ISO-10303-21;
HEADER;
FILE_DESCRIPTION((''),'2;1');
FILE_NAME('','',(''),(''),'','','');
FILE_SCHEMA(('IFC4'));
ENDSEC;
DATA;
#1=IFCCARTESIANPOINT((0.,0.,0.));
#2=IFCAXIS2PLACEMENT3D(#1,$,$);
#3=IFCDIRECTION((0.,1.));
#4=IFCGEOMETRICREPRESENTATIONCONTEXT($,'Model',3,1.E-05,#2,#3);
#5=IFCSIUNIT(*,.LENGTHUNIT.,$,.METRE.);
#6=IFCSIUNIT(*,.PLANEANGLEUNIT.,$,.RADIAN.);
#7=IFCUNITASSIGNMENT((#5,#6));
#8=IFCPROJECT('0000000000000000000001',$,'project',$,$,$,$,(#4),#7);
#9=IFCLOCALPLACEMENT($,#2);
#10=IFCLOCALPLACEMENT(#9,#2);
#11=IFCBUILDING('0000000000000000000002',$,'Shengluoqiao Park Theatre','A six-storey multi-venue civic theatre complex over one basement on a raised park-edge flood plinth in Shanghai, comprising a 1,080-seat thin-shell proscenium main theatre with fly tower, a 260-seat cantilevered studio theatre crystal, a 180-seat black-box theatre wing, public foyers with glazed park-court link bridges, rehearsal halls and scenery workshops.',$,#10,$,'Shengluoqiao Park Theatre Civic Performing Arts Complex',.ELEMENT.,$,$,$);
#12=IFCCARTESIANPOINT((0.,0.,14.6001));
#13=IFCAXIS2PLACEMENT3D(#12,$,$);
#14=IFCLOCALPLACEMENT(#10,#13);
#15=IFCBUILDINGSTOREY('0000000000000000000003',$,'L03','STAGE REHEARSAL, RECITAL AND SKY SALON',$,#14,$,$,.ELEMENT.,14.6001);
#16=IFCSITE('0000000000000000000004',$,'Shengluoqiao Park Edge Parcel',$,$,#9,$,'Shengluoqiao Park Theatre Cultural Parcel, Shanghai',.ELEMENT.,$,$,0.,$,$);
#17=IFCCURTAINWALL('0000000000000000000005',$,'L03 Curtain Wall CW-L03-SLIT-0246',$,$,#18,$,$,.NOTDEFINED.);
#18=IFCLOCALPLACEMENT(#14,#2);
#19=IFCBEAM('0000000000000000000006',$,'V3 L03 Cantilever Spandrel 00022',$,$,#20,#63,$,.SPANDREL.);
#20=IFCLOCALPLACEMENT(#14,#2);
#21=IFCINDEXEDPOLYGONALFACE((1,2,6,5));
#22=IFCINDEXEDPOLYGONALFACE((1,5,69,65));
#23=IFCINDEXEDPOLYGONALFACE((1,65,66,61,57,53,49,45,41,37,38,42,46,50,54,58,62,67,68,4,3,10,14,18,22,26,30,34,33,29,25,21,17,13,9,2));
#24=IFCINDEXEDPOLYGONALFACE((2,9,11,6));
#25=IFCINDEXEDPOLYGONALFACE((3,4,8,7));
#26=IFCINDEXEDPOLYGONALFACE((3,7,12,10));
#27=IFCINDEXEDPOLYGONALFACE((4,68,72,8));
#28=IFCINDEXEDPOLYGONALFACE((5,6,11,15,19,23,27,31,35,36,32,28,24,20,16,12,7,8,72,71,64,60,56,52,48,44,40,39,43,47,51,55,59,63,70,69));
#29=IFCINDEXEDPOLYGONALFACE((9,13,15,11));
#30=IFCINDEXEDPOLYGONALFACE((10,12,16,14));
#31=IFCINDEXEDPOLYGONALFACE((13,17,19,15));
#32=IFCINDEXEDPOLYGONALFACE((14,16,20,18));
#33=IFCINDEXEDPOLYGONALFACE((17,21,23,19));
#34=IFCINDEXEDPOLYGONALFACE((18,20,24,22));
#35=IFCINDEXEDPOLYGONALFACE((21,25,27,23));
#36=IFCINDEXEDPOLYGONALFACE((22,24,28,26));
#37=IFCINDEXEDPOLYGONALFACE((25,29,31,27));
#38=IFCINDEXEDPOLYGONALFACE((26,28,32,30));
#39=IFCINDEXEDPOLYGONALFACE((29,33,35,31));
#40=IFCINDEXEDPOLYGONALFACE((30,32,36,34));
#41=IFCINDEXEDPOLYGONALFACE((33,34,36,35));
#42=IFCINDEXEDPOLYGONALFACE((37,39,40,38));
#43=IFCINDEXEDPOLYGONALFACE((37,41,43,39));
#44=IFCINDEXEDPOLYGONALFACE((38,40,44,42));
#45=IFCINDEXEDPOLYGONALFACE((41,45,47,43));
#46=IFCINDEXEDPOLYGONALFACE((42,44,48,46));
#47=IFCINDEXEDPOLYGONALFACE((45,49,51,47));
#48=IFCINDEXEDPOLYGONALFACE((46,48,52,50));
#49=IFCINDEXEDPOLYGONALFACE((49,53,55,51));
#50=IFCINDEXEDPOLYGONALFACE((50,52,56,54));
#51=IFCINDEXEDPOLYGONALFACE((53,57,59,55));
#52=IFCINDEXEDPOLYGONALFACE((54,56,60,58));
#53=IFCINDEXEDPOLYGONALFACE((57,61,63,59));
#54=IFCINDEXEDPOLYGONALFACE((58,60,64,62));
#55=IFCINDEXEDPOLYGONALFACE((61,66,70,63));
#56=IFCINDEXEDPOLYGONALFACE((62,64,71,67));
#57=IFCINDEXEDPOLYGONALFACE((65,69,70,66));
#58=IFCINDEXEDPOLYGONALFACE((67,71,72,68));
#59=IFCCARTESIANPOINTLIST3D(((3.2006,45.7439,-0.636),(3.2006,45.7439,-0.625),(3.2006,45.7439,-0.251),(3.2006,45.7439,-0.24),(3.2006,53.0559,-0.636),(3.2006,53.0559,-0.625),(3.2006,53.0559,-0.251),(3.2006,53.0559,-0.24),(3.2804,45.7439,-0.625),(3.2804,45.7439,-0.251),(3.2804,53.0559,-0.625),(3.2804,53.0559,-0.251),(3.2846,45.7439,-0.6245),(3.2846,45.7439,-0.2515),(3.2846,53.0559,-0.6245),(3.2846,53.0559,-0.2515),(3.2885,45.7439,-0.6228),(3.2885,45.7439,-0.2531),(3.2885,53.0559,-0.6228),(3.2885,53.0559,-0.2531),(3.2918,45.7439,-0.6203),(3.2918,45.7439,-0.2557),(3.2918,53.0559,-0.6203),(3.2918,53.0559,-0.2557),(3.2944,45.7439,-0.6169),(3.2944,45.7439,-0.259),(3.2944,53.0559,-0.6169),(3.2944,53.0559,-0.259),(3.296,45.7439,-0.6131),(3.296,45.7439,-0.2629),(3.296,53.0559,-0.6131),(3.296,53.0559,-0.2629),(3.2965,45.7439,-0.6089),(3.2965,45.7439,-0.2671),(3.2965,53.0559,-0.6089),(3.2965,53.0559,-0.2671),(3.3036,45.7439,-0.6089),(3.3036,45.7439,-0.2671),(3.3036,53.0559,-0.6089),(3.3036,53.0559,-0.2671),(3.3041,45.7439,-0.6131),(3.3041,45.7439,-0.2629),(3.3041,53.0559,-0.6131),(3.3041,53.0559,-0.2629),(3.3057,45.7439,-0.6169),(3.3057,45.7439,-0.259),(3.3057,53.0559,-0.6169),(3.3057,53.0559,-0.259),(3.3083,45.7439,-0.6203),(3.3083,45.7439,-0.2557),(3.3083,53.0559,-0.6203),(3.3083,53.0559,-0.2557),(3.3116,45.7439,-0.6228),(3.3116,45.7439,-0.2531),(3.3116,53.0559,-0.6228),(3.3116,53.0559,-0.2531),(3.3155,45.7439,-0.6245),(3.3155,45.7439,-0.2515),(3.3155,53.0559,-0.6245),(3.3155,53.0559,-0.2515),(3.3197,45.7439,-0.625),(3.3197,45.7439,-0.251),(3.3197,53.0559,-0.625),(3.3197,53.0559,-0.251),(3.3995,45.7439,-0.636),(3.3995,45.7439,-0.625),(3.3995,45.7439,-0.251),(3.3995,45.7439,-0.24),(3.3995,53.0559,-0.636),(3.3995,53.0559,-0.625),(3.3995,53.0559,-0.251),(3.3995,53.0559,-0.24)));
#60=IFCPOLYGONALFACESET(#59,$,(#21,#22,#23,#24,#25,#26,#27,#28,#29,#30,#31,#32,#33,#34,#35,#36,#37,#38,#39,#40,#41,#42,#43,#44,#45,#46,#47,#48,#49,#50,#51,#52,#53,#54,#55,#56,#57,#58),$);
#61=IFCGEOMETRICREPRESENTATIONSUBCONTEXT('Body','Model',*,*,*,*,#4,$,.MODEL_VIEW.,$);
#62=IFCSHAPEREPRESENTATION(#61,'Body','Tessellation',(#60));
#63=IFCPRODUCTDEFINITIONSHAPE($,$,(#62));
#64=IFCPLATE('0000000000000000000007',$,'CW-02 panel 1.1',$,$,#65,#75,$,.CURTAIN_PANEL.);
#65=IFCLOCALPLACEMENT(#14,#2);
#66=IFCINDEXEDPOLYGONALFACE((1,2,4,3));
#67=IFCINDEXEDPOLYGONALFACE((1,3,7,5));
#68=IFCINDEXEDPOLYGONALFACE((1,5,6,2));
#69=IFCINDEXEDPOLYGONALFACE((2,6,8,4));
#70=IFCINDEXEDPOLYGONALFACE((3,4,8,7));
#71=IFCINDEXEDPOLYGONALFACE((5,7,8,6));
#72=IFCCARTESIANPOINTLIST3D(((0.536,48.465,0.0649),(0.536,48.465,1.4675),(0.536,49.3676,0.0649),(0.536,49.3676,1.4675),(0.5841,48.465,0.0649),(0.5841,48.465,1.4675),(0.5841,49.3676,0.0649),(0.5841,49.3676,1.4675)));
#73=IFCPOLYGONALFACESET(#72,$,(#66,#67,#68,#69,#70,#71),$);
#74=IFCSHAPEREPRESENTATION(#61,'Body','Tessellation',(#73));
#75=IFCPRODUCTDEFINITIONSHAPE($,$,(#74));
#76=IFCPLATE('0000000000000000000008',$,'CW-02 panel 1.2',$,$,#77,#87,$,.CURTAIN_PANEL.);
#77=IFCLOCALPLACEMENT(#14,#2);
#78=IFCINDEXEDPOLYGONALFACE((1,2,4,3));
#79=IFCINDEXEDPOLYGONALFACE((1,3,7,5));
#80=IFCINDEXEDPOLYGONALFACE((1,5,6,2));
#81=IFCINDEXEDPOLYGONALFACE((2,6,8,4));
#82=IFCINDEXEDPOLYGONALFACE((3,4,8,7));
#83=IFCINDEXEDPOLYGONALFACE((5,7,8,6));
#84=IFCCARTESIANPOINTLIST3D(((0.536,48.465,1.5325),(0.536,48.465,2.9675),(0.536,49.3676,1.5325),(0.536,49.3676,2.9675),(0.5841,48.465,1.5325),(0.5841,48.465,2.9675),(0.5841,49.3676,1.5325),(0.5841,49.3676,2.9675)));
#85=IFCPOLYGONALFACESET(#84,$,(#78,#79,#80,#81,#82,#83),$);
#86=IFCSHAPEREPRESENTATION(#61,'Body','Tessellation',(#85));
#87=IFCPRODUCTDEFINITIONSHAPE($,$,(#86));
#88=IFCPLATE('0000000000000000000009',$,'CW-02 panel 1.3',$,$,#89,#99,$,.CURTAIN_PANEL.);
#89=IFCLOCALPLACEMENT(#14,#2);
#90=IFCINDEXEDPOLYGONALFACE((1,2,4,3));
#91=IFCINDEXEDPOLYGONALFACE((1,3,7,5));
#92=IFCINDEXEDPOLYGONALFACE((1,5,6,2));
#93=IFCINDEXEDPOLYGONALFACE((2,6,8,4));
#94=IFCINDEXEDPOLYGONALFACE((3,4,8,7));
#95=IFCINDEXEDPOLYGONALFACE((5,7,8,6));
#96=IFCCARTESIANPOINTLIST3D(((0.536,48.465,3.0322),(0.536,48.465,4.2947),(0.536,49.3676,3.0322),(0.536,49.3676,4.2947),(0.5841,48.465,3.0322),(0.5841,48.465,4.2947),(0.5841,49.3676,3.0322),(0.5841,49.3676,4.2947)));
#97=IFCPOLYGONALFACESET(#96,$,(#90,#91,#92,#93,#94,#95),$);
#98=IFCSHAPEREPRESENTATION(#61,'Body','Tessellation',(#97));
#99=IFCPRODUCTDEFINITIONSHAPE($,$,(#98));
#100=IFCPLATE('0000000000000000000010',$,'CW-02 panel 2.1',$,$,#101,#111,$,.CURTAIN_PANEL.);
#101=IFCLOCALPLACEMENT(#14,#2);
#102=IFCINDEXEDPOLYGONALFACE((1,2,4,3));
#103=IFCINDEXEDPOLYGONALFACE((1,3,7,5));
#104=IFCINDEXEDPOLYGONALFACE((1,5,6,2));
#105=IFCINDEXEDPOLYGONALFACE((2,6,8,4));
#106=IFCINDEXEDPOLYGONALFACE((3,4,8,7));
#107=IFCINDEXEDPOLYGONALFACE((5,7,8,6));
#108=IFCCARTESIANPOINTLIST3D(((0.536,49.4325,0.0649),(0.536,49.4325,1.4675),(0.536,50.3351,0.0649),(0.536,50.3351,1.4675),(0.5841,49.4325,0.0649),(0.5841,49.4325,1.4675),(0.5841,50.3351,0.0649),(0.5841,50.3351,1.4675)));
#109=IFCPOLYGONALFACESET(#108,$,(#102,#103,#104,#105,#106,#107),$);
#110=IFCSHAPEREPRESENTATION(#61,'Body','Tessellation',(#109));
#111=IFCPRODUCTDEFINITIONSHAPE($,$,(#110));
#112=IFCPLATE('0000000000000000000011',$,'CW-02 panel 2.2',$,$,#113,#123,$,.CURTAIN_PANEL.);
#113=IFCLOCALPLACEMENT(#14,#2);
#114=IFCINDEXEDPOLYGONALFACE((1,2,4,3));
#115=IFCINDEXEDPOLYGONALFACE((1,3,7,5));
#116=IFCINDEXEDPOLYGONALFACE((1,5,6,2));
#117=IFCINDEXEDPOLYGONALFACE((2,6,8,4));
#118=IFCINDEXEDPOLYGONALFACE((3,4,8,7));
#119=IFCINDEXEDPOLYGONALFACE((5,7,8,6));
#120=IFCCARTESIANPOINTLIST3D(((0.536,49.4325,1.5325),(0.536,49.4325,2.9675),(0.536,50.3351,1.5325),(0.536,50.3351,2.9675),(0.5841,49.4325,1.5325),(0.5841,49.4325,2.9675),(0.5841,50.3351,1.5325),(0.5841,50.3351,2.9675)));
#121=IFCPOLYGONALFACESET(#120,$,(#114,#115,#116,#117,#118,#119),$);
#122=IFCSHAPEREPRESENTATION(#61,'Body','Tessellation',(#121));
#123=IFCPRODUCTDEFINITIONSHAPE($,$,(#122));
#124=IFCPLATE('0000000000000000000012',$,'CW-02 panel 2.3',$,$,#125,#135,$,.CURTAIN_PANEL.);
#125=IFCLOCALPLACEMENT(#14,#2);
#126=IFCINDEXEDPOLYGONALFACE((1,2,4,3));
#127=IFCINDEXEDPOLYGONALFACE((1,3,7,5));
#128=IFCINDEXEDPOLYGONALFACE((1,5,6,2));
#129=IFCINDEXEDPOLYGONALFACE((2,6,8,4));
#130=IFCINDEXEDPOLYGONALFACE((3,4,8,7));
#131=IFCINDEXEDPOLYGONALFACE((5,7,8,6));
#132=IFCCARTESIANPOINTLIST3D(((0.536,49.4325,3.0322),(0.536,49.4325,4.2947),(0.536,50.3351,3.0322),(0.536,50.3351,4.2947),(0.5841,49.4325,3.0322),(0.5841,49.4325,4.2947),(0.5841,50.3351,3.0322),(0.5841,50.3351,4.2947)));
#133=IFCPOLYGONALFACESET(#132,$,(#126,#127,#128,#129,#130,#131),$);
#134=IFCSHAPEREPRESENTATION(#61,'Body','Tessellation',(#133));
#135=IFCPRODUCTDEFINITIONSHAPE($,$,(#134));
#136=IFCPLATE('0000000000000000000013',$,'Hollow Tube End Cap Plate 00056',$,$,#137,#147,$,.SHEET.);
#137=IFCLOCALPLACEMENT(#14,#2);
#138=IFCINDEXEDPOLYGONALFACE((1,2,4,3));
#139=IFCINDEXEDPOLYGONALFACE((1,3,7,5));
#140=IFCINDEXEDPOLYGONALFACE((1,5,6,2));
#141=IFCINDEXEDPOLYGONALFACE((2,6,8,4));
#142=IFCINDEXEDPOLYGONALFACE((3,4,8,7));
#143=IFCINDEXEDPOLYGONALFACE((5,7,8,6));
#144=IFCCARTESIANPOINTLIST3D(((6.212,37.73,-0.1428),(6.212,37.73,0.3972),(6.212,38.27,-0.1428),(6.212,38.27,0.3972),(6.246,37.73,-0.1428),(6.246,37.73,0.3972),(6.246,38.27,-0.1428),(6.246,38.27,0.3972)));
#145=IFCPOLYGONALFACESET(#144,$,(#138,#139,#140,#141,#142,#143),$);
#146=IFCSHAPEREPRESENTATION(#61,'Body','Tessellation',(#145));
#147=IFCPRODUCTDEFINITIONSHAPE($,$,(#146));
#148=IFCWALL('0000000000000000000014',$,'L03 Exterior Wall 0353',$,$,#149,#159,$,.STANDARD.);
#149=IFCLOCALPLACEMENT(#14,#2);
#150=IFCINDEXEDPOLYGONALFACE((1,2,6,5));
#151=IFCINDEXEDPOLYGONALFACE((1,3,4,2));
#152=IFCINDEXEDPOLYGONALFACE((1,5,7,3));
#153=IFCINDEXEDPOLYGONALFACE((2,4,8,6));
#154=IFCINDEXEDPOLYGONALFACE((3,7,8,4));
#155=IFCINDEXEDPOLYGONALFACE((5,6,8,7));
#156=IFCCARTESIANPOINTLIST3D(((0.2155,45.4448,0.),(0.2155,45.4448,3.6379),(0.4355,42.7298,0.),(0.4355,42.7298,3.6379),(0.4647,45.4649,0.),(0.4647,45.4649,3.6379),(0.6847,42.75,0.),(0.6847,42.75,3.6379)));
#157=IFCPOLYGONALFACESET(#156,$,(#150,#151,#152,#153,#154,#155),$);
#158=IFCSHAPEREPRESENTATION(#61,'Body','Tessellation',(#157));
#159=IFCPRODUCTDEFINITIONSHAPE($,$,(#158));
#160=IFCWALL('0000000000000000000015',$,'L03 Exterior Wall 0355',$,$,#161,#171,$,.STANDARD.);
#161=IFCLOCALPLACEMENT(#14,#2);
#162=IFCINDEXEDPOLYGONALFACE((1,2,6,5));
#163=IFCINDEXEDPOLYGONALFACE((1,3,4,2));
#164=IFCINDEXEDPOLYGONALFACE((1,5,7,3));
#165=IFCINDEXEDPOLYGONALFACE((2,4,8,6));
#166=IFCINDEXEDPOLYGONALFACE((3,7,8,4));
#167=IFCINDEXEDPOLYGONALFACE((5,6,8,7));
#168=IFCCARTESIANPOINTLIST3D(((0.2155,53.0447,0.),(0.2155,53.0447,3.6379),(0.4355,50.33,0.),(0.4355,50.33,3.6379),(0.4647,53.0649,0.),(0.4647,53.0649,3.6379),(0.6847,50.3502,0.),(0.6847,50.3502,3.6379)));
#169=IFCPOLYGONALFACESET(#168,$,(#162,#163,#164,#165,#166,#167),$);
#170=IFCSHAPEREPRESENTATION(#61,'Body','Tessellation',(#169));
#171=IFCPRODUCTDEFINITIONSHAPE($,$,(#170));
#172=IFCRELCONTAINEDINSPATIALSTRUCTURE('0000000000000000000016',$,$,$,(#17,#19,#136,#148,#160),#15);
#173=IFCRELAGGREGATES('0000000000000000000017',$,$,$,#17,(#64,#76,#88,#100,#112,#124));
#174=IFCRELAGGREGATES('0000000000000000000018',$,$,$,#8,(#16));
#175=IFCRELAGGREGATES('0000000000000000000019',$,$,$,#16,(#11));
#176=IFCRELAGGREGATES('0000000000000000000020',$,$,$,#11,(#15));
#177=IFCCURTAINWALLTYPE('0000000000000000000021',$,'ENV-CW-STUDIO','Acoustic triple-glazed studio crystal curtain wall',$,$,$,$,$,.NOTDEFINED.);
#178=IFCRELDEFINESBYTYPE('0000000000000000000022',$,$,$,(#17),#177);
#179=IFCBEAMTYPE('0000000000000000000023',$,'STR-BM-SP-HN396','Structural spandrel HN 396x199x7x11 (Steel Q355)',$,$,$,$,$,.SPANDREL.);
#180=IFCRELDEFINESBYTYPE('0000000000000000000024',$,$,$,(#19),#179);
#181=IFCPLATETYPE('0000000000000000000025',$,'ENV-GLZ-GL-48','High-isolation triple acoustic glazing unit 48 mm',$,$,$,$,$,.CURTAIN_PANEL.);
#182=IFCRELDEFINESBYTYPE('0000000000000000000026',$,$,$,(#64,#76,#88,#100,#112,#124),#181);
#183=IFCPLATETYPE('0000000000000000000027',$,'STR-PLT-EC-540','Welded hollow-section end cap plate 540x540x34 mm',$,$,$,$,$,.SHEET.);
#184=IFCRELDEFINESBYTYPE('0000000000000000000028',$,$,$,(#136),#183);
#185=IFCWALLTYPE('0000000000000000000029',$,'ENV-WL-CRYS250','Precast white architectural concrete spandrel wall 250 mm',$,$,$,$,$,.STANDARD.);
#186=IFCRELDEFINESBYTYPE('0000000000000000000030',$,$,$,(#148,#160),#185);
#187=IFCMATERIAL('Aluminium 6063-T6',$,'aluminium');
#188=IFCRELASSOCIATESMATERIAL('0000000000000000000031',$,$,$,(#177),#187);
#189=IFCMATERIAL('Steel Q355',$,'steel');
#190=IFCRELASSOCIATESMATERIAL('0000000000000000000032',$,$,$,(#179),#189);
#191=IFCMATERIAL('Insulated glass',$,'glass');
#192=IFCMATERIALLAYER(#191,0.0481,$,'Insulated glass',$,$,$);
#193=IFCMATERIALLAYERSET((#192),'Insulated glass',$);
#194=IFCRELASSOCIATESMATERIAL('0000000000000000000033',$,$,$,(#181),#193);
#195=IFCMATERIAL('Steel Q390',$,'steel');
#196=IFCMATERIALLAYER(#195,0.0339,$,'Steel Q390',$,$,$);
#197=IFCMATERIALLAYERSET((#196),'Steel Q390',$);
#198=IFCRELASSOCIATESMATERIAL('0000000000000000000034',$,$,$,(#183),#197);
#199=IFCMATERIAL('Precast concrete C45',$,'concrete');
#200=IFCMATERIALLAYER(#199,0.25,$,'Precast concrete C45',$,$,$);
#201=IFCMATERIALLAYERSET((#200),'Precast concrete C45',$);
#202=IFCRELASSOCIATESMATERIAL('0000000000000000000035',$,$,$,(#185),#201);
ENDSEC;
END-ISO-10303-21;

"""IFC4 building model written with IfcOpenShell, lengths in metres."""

from ifc_helpers import new_model, si_unit, direction, frame, frame_2d, origin, origin_2d, place, context, subcontext, project, spatial, rectangle, i_section, extrude, material, layer, layer_set, material_profile, profile_set, type_object, element, aggregate, save


model = new_model("IFC4")

# Units and contexts
model_context = context("Model", 3, precision=1e-05, world=origin(), true_north=direction((0.0, 1.0)))
body_context = subcontext(model_context, "Body", "Model", "MODEL_VIEW")
ifc_project = project(units=[si_unit("LENGTHUNIT", "METRE"), si_unit("PLANEANGLEUNIT", "RADIAN")], contexts=[model_context])

# Site, building, storey
site_placement = place(None, origin())
site = spatial("IfcSite", under=ifc_project, at=site_placement, Name="Shengluoqiao Park Edge Parcel", LongName="Shengluoqiao Park Theatre Cultural Parcel, Shanghai", CompositionType="ELEMENT", RefElevation=0.0)
building_placement = place(site_placement, origin())
building = spatial("IfcBuilding", under=site, at=building_placement, Name="Shengluoqiao Park Theatre", Description="A six-storey multi-venue civic theatre complex over one basement on a raised park-edge flood plinth in Shanghai, comprising a 1,080-seat thin-shell proscenium main theatre with fly tower, a 260-seat cantilevered studio theatre crystal, a 180-seat black-box theatre wing, public foyers with glazed park-court link bridges, rehearsal halls and scenery workshops.", LongName="Shengluoqiao Park Theatre Civic Performing Arts Complex", CompositionType="ELEMENT")
storey_placement = place(building_placement, frame((0.0, 0.0, 14.6001)))
storey = spatial("IfcBuildingStorey", under=building, at=storey_placement, Name="L03", Description="STAGE REHEARSAL, RECITAL AND SKY SALON", CompositionType="ELEMENT", Elevation=14.6001)

# Shared definitions
ifc_material_1 = material(Name="Aluminium 6063-T6", Category="aluminium")
curtain_wall_type = type_object("IfcCurtainWallType", Name="ENV-CW-STUDIO", Description="Acoustic triple-glazed studio crystal curtain wall", PredefinedType="NOTDEFINED", material=ifc_material_1)

# Curtain wall
curtain_wall_1_placement = place(storey_placement, origin())
curtain_wall_1 = element("IfcCurtainWall", 1, at=curtain_wall_1_placement, inside=storey, type_object=curtain_wall_type, Name="L03 Curtain Wall CW-L03-SLIT-0246", PredefinedType="NOTDEFINED")

# Beam
ifc_material_2 = material(Name="Steel Q355", Category="steel")
ifc_material_profile_1 = material_profile(ifc_material_2, i_section(OverallWidth=0.199, OverallDepth=0.396, WebThickness=0.0071, FlangeThickness=0.011, FilletRadius=0.0161, at=origin_2d()), Name="HN 396x199x7x11")
ifc_profile_set_1 = profile_set([ifc_material_profile_1], Name="Steel Q355")
beam_type_1 = type_object("IfcBeamType", Name="STR-BM-SP-HN396", Description="Structural spandrel HN 396x199x7x11 (Steel Q355)", PredefinedType="SPANDREL", material=ifc_profile_set_1)
for number, where, z_axis, x_axis, name in (
    (2, (3.3, 45.7439, -0.438), (0.0, 1.0, 0.0), (-1.0, 0.0, 0.0), "V3 L03 Cantilever Spandrel 00022"),
):
    element("IfcBeam", number, at=place(storey_placement, frame(where, z_axis=z_axis, x_axis=x_axis)), inside=storey, type_object=beam_type_1, Name=name, PredefinedType="SPANDREL", context=body_context, shape_type="SweptSolid", body=[
        extrude(i_section(OverallWidth=0.199, OverallDepth=0.396, WebThickness=0.0071, FlangeThickness=0.011, FilletRadius=0.0161, at=origin_2d()), origin(), (0.0, 0.0, 1.0), 7.312),
    ])

# Plates
ifc_material_3 = material(Name="Insulated glass", Category="glass")
ifc_layer_1 = layer(ifc_material_3, 0.0481, Name="Insulated glass")
ifc_layer_set_1 = layer_set([ifc_layer_1], Name="Insulated glass")
plate_type_1 = type_object("IfcPlateType", Name="ENV-GLZ-GL-48", Description="High-isolation triple acoustic glazing unit 48 mm", PredefinedType="CURTAIN_PANEL", material=ifc_layer_set_1)
plate_1_placement = place(storey_placement, frame((0.5601, 48.9163, 0.0649), z_axis=(0.0, 0.0, 1.0), x_axis=(0.0, 1.0, 0.0)))
plate_1 = element("IfcPlate", 3, at=plate_1_placement, type_object=plate_type_1, Name="CW-02 panel 1.1", PredefinedType="CURTAIN_PANEL", context=body_context, shape_type="SweptSolid", body=[
    extrude(rectangle(XDim=0.9026, YDim=0.0481, at=origin_2d()), origin(), (0.0, 0.0, 1.0), 1.4026),
])
plate_2_placement = place(storey_placement, frame((0.5601, 48.9163, 1.5325), z_axis=(0.0, 0.0, 1.0), x_axis=(0.0, 1.0, 0.0)))
plate_2 = element("IfcPlate", 4, at=plate_2_placement, type_object=plate_type_1, Name="CW-02 panel 1.2", PredefinedType="CURTAIN_PANEL", context=body_context, shape_type="SweptSolid", body=[
    extrude(rectangle(XDim=0.9026, YDim=0.0481, at=origin_2d()), origin(), (0.0, 0.0, 1.0), 1.4351),
])
plate_3_placement = place(storey_placement, frame((0.5601, 48.9163, 3.0322), z_axis=(0.0, 0.0, 1.0), x_axis=(0.0, 1.0, 0.0)))
plate_3 = element("IfcPlate", 5, at=plate_3_placement, type_object=plate_type_1, Name="CW-02 panel 1.3", PredefinedType="CURTAIN_PANEL", context=body_context, shape_type="SweptSolid", body=[
    extrude(rectangle(XDim=0.9026, YDim=0.0481, at=origin_2d()), origin(), (0.0, 0.0, 1.0), 1.2625),
])
plate_4_placement = place(storey_placement, frame((0.5601, 49.8838, 0.0649), z_axis=(0.0, 0.0, 1.0), x_axis=(0.0, 1.0, 0.0)))
plate_4 = element("IfcPlate", 6, at=plate_4_placement, type_object=plate_type_1, Name="CW-02 panel 2.1", PredefinedType="CURTAIN_PANEL", context=body_context, shape_type="SweptSolid", body=[
    extrude(rectangle(XDim=0.9026, YDim=0.0481, at=origin_2d()), origin(), (0.0, 0.0, 1.0), 1.4026),
])
plate_5_placement = place(storey_placement, frame((0.5601, 49.8838, 1.5325), z_axis=(0.0, 0.0, 1.0), x_axis=(0.0, 1.0, 0.0)))
plate_5 = element("IfcPlate", 7, at=plate_5_placement, type_object=plate_type_1, Name="CW-02 panel 2.2", PredefinedType="CURTAIN_PANEL", context=body_context, shape_type="SweptSolid", body=[
    extrude(rectangle(XDim=0.9026, YDim=0.0481, at=origin_2d()), origin(), (0.0, 0.0, 1.0), 1.4351),
])
plate_6_placement = place(storey_placement, frame((0.5601, 49.8838, 3.0322), z_axis=(0.0, 0.0, 1.0), x_axis=(0.0, 1.0, 0.0)))
plate_6 = element("IfcPlate", 8, at=plate_6_placement, type_object=plate_type_1, Name="CW-02 panel 2.3", PredefinedType="CURTAIN_PANEL", context=body_context, shape_type="SweptSolid", body=[
    extrude(rectangle(XDim=0.9026, YDim=0.0481, at=origin_2d()), origin(), (0.0, 0.0, 1.0), 1.2625),
])
aggregate(curtain_wall_1, [plate_1, plate_2, plate_3, plate_4, plate_5, plate_6])
ifc_material_4 = material(Name="Steel Q390", Category="steel")
ifc_layer_2 = layer(ifc_material_4, 0.0339, Name="Steel Q390")
ifc_layer_set_2 = layer_set([ifc_layer_2], Name="Steel Q390")
plate_type_2 = type_object("IfcPlateType", Name="STR-PLT-EC-540", Description="Welded hollow-section end cap plate 540x540x34 mm", PredefinedType="SHEET", material=ifc_layer_set_2)
plate_7_placement = place(storey_placement, frame((6.229, 38.0, -0.1428), z_axis=(0.0, 0.0, 1.0), x_axis=(-1.0, 0.0, 0.0)))
element("IfcPlate", 9, at=plate_7_placement, inside=storey, type_object=plate_type_2, Name="Hollow Tube End Cap Plate 00056", PredefinedType="SHEET", context=body_context, shape_type="SweptSolid", body=[
    extrude(rectangle(XDim=0.0339, YDim=0.54, at=origin_2d()), origin(), (0.0, 0.0, 1.0), 0.54),
])

# Walls
ifc_material_5 = material(Name="Precast concrete C45", Category="concrete")
ifc_layer_3 = layer(ifc_material_5, 0.25, Name="Precast concrete C45")
ifc_layer_set_3 = layer_set([ifc_layer_3], Name="Precast concrete C45")
wall_type = type_object("IfcWallType", Name="ENV-WL-CRYS250", Description="Precast white architectural concrete spandrel wall 250 mm", PredefinedType="STANDARD", material=ifc_layer_set_3)
wall_1_placement = place(storey_placement, frame((0.5601, 42.74, 0.0), z_axis=(0.0, 0.0, 1.0), x_axis=(-0.080753, 0.996734, 0.0)))
element("IfcWall", 10, at=wall_1_placement, inside=storey, type_object=wall_type, Name="L03 Exterior Wall 0353", PredefinedType="STANDARD", context=body_context, shape_type="SweptSolid", body=[
    extrude(rectangle(XDim=2.7239, YDim=0.25, at=frame_2d((1.3618, 0.0))), origin(), (0.0, 0.0, 1.0), 3.6379),
])
wall_2_placement = place(storey_placement, frame((0.5601, 50.3401, 0.0), z_axis=(0.0, 0.0, 1.0), x_axis=(-0.080761, 0.996734, 0.0)))
element("IfcWall", 11, at=wall_2_placement, inside=storey, type_object=wall_type, Name="L03 Exterior Wall 0355", PredefinedType="STANDARD", context=body_context, shape_type="SweptSolid", body=[
    extrude(rectangle(XDim=2.7236, YDim=0.25, at=frame_2d((1.3618, 0.0))), origin(), (0.0, 0.0, 1.0), 3.6379),
])

save(model, "model.ifc")
